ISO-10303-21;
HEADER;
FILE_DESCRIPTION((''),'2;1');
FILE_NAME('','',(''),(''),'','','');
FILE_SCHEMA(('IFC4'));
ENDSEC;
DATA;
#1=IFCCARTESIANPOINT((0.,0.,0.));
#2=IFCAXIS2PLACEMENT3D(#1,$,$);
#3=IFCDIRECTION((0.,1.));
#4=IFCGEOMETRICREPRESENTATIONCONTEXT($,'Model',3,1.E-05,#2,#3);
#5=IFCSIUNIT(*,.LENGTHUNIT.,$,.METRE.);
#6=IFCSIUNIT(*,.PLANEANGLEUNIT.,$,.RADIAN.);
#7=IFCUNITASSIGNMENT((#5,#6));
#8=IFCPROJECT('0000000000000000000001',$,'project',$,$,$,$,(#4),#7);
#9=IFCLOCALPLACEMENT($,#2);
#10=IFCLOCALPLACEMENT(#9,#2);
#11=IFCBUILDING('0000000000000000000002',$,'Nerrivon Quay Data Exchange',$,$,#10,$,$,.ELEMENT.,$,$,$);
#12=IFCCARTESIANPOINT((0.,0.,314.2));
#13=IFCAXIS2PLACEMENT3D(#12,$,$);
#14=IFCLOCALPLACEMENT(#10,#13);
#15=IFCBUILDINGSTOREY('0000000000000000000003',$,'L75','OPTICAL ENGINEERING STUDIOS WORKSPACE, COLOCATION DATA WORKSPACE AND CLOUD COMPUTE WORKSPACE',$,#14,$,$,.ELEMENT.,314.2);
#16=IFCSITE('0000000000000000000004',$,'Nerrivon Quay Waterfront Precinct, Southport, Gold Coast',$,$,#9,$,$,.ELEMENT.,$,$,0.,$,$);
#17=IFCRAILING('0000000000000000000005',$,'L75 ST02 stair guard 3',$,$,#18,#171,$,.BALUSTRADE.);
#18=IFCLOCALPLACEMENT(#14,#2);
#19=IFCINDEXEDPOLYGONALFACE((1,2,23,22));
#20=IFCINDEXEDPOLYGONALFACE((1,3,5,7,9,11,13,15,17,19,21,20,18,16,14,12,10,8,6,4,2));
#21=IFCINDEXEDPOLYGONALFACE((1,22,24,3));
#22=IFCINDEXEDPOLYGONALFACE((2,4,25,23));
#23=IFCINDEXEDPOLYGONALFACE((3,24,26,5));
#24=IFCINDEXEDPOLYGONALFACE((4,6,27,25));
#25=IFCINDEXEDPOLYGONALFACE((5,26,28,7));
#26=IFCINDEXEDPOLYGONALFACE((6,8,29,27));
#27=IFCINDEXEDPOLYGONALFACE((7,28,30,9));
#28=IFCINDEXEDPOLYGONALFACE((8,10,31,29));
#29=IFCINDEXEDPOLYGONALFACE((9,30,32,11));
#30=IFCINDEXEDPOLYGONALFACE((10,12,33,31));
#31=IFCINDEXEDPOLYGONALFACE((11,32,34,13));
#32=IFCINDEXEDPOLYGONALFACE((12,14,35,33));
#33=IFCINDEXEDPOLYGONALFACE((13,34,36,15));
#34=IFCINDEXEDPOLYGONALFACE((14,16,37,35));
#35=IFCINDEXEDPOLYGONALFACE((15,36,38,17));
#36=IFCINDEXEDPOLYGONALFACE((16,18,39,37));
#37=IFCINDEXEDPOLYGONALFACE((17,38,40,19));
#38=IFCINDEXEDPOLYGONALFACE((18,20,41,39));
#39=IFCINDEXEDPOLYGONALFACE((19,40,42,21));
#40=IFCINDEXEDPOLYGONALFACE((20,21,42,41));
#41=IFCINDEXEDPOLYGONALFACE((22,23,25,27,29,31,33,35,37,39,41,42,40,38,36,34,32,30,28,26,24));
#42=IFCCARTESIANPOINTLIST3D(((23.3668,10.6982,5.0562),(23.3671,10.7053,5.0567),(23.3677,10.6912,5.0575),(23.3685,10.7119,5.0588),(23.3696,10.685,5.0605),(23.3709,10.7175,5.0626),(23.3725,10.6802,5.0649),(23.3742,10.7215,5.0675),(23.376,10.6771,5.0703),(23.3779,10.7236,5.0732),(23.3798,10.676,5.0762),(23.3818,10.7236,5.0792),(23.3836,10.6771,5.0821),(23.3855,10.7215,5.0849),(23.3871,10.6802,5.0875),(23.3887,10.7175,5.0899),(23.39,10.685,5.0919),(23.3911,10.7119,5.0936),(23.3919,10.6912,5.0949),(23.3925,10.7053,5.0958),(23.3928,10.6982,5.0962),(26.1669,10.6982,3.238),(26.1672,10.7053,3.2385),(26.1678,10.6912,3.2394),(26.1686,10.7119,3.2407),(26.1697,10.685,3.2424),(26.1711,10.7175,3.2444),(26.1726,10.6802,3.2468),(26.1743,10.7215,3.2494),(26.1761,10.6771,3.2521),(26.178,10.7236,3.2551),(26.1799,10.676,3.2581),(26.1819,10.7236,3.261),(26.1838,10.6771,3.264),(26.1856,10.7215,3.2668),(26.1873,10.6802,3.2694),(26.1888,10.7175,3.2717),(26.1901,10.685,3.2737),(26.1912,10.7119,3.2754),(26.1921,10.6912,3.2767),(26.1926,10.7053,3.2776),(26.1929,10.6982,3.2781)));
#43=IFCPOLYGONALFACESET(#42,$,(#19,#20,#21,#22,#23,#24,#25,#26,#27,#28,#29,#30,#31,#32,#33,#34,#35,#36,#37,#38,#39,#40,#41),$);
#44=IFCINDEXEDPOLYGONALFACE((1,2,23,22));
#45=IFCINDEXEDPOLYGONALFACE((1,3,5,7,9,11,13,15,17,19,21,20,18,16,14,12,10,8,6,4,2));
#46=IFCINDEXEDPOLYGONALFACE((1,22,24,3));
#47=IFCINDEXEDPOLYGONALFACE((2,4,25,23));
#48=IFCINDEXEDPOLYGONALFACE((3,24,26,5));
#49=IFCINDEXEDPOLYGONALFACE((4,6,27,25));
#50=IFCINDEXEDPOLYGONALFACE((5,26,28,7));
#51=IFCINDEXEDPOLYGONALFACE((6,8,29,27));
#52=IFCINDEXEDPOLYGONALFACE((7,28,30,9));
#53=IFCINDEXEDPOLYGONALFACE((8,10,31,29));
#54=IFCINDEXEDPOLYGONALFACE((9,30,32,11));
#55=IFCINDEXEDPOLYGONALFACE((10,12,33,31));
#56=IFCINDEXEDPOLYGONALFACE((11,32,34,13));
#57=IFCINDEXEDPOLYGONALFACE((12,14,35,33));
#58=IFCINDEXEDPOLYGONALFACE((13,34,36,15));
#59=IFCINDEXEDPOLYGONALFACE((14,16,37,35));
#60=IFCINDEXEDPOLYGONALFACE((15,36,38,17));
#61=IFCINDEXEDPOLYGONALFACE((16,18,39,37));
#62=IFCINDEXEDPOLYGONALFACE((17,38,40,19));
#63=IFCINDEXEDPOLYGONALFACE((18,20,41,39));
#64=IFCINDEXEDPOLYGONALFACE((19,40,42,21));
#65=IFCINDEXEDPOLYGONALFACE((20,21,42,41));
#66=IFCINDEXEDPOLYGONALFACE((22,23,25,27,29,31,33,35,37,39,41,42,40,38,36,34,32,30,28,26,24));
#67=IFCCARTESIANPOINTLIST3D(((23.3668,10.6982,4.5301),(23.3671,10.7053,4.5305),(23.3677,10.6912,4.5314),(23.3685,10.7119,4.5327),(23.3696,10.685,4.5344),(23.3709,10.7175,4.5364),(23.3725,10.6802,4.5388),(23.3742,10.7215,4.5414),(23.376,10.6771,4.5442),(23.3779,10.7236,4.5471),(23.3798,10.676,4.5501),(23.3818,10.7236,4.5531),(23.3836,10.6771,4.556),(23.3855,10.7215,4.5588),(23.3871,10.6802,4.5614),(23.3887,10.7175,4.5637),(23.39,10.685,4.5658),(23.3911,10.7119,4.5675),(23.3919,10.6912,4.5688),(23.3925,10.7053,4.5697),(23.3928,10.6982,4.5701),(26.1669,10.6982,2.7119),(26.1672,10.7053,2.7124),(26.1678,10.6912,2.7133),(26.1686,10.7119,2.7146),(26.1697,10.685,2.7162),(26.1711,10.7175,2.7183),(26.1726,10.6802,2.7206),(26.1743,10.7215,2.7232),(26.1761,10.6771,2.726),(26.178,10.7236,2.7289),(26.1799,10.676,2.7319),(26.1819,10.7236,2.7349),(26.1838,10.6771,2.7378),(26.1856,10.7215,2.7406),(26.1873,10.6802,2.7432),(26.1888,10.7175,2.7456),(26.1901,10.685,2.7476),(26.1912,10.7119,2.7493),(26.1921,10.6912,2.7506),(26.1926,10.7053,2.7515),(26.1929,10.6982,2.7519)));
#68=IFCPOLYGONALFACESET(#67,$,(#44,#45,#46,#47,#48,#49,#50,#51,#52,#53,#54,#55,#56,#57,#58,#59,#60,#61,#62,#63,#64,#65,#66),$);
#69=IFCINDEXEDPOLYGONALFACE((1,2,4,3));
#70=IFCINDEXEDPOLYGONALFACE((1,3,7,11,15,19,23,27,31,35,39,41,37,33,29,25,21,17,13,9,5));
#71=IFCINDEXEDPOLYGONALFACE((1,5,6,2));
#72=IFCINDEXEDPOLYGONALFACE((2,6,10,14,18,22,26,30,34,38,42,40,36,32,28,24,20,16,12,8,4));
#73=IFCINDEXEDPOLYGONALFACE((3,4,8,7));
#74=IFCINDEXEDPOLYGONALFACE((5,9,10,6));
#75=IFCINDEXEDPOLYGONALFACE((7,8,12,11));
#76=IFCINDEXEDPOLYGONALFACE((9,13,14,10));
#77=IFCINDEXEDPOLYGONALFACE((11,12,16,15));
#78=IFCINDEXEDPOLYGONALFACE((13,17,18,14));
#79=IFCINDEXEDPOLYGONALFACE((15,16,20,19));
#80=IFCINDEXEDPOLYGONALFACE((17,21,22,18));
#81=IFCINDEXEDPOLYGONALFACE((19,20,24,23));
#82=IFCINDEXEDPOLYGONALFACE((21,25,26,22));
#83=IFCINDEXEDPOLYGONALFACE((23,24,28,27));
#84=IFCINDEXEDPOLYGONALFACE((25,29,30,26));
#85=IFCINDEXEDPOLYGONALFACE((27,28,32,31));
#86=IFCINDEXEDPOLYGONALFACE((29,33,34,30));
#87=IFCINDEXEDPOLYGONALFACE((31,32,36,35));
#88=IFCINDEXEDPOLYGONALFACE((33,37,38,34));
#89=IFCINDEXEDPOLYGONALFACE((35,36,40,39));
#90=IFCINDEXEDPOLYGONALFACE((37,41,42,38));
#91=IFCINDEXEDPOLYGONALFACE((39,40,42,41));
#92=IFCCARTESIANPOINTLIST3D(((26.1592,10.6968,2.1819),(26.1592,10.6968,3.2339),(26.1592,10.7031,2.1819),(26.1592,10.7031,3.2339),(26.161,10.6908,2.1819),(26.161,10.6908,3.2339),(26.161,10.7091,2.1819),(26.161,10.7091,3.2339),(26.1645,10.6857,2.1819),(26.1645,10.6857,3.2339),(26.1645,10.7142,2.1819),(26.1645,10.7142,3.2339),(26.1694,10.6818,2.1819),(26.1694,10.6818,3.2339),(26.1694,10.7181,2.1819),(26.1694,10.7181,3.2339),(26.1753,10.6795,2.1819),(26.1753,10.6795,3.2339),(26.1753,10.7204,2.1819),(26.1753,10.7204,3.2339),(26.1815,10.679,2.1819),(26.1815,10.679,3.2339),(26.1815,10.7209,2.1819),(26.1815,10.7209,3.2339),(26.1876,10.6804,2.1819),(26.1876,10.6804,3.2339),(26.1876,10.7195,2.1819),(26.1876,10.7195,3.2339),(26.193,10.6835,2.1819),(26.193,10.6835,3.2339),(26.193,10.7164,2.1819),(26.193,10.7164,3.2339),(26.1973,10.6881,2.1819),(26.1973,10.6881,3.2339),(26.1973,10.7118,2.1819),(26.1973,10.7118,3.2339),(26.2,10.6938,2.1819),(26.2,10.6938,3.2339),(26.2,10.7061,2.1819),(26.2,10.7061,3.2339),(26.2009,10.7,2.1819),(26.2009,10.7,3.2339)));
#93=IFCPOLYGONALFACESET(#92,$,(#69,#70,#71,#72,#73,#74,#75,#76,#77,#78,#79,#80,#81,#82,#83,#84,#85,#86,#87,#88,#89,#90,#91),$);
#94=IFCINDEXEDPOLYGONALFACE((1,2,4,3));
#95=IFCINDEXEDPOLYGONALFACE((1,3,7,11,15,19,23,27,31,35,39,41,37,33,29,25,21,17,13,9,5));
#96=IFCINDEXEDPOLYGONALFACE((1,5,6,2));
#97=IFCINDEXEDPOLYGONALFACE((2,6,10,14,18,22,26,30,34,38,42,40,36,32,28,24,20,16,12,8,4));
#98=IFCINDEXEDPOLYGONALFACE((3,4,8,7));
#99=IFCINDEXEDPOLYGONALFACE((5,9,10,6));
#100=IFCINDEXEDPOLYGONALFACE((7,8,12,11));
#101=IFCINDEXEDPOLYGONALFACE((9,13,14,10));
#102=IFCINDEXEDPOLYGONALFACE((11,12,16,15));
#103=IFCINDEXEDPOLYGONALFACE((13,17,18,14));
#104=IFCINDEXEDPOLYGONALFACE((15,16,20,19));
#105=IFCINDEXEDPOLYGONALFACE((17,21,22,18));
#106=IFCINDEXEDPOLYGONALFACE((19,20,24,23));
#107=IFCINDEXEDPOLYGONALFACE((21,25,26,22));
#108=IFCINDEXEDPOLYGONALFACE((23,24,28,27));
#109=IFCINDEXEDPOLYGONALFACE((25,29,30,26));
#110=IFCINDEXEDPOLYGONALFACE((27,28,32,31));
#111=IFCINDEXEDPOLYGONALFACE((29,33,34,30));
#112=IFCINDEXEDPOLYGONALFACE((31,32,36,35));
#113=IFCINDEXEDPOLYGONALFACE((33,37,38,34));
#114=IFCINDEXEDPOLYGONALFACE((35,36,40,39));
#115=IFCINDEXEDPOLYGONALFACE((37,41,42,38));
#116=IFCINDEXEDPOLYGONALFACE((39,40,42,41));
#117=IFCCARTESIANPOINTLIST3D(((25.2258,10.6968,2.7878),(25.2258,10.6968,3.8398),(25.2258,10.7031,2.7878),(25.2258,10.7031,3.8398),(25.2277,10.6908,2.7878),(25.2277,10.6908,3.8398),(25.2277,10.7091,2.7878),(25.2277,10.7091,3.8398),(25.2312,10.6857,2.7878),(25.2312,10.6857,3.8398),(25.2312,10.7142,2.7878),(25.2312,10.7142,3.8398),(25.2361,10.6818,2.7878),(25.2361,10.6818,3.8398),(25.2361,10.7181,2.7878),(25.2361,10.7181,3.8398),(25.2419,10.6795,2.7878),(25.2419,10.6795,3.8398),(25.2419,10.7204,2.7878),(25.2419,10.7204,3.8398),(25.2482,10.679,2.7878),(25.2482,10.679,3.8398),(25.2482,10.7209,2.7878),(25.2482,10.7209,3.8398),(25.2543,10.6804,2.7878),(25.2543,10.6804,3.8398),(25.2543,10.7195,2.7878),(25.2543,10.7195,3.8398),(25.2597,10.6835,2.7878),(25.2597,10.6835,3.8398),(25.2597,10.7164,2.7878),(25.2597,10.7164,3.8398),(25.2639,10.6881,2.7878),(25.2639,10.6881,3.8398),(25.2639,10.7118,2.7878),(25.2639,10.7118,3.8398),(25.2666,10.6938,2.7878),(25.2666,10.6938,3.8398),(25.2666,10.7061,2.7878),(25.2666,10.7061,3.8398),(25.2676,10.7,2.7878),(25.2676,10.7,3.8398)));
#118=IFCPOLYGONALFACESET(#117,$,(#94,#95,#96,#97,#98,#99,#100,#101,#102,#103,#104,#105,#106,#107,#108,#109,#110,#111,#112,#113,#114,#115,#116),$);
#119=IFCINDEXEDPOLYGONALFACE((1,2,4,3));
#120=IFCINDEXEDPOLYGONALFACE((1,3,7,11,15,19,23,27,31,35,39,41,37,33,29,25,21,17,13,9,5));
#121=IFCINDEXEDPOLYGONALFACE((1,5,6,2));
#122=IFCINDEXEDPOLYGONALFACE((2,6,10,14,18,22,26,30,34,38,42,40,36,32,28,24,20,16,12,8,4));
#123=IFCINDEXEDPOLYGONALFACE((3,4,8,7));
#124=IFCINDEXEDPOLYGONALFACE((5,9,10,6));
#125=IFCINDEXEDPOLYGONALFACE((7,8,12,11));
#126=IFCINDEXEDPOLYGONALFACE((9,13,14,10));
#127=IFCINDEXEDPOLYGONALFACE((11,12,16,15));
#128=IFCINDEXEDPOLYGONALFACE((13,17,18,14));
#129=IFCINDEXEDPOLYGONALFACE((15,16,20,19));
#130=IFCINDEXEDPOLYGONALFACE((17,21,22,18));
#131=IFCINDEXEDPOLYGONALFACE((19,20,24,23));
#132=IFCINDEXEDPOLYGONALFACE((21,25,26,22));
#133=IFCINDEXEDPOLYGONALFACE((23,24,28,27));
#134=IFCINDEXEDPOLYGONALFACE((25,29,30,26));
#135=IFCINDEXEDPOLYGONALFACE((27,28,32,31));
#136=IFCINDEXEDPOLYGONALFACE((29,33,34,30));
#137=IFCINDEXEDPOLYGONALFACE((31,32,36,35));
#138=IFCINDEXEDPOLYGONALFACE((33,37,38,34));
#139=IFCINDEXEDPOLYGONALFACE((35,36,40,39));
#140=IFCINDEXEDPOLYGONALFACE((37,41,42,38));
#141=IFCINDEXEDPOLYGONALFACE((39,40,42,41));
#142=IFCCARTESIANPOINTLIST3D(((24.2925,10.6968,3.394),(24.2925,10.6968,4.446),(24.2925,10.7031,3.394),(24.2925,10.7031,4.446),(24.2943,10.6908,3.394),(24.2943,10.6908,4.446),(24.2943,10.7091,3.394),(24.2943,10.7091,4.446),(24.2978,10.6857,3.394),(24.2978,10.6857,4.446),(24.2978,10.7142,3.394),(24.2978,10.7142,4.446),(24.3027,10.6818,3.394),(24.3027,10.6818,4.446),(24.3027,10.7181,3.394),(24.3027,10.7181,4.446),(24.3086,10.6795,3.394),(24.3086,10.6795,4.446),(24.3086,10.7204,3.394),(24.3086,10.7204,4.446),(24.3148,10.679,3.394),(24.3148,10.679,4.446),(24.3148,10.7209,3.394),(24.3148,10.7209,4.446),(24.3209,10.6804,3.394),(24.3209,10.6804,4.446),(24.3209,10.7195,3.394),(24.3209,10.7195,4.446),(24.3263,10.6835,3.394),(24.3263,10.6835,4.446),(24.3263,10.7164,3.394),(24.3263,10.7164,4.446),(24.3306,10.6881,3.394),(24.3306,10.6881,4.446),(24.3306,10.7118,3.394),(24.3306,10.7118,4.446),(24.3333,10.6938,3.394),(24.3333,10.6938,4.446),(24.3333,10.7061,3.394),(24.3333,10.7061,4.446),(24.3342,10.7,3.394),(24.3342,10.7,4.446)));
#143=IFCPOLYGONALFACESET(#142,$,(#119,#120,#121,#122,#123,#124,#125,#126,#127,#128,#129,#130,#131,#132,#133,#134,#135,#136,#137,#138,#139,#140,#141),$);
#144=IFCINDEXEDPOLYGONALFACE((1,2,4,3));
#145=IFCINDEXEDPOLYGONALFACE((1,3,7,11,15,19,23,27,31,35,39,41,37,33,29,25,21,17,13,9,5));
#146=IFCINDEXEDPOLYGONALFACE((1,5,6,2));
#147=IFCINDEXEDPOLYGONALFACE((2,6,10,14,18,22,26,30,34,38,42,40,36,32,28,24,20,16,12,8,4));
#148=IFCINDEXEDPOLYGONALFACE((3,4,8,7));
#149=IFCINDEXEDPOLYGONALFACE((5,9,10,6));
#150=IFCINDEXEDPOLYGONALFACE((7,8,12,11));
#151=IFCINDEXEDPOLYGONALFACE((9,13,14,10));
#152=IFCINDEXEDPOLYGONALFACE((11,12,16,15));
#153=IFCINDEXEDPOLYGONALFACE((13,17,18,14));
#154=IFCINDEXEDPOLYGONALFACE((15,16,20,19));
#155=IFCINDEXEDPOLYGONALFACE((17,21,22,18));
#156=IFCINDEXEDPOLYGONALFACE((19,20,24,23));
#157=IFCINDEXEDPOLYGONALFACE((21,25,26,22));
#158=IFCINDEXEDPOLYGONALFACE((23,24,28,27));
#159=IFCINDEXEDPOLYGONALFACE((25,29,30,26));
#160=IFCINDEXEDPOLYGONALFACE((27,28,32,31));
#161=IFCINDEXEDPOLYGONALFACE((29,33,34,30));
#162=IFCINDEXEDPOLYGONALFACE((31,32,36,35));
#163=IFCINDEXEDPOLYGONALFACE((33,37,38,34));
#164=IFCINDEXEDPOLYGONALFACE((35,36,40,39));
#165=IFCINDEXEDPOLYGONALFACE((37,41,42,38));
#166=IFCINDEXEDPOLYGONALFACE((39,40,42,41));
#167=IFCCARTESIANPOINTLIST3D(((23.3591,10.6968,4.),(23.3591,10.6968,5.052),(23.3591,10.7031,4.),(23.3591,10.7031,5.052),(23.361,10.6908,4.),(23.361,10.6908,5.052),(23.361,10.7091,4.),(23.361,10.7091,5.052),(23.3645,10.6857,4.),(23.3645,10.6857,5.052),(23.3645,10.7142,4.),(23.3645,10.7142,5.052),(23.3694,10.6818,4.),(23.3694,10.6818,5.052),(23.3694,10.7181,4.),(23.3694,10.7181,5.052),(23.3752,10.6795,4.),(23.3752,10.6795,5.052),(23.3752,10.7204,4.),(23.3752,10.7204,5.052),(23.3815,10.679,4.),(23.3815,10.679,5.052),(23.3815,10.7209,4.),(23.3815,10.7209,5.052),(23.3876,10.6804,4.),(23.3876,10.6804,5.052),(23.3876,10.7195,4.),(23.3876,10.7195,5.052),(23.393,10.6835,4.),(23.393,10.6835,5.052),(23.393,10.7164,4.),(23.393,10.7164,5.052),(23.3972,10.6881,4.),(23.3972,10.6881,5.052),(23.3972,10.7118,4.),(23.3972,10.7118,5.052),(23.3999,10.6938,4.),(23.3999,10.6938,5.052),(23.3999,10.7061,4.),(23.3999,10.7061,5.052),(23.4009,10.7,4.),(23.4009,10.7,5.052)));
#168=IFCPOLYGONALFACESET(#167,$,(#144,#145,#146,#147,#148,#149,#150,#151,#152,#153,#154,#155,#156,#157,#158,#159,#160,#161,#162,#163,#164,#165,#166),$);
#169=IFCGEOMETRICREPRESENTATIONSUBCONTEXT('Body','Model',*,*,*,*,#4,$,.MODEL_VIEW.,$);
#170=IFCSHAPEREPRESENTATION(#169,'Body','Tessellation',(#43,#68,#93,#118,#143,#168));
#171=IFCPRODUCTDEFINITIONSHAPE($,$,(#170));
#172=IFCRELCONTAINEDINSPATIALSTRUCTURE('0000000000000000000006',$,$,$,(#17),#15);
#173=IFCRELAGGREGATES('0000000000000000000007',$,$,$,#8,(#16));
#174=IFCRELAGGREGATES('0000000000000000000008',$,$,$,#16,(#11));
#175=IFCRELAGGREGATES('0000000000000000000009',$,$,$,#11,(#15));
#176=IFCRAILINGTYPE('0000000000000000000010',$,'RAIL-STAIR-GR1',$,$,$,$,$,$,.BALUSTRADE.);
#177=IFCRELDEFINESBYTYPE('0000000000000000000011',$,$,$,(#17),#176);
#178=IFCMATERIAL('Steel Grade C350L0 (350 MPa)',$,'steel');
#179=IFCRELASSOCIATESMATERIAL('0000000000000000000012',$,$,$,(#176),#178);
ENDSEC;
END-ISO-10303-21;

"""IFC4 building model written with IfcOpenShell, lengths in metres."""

from ifc_helpers import new_model, si_unit, direction, frame, origin, origin_2d, place, context, subcontext, project, spatial, circle, extrude, material, type_object, element, save


model = new_model("IFC4")

# Units and contexts
model_context = context("Model", 3, precision=1e-05, world=origin(), true_north=direction((0.0, 1.0)))
body_context = subcontext(model_context, "Body", "Model", "MODEL_VIEW")
ifc_project = project(units=[si_unit("LENGTHUNIT", "METRE"), si_unit("PLANEANGLEUNIT", "RADIAN")], contexts=[model_context])

# Site, building, storey
site_placement = place(None, origin())
site = spatial("IfcSite", under=ifc_project, at=site_placement, Name="Nerrivon Quay Waterfront Precinct, Southport, Gold Coast", CompositionType="ELEMENT", RefElevation=0.0)
building_placement = place(site_placement, origin())
building = spatial("IfcBuilding", under=site, at=building_placement, Name="Nerrivon Quay Data Exchange", CompositionType="ELEMENT")
storey_placement = place(building_placement, frame((0.0, 0.0, 314.2)))
storey = spatial("IfcBuildingStorey", under=building, at=storey_placement, Name="L75", Description="OPTICAL ENGINEERING STUDIOS WORKSPACE, COLOCATION DATA WORKSPACE AND CLOUD COMPUTE WORKSPACE", CompositionType="ELEMENT", Elevation=314.2)

# Shared definitions
ifc_material_1 = material(Name="Steel Grade C350L0 (350 MPa)", Category="steel")

# Railing
railing_type_1 = type_object("IfcRailingType", Name="RAIL-STAIR-GR1", PredefinedType="BALUSTRADE", material=ifc_material_1)
railing_1_placement = place(storey_placement, frame((26.1799, 10.7, 2.1819)))
element("IfcRailing", 1, at=railing_1_placement, inside=storey, type_object=railing_type_1, Name="L75 ST02 stair guard 3", PredefinedType="BALUSTRADE", context=body_context, shape_type="SweptSolid", body=[
    extrude(circle(Radius=0.0239, at=origin_2d()), frame((0.0, 0.0, 1.0762), z_axis=(-0.838706, 0.0, 0.544585), x_axis=(0.0, -1.0, 0.0)), (0.0, 0.0, 1.0), 3.3386),
    extrude(circle(Radius=0.0239, at=origin_2d()), frame((0.0, 0.0, 0.55), z_axis=(-0.838706, 0.0, 0.544585), x_axis=(0.0, -1.0, 0.0)), (0.0, 0.0, 1.0), 3.3386),
    extrude(circle(Radius=0.021, at=origin_2d()), origin(), (0.0, 0.0, 1.0), 1.052),
    extrude(circle(Radius=0.021, at=origin_2d()), frame((-0.9333, 0.0, 0.606)), (0.0, 0.0, 1.0), 1.052),
    extrude(circle(Radius=0.021, at=origin_2d()), frame((-1.8667, 0.0, 1.2122)), (0.0, 0.0, 1.0), 1.052),
    extrude(circle(Radius=0.021, at=origin_2d()), frame((-2.8, 0.0, 1.8181)), (0.0, 0.0, 1.0), 1.052),
])

save(model, "model.ifc")
